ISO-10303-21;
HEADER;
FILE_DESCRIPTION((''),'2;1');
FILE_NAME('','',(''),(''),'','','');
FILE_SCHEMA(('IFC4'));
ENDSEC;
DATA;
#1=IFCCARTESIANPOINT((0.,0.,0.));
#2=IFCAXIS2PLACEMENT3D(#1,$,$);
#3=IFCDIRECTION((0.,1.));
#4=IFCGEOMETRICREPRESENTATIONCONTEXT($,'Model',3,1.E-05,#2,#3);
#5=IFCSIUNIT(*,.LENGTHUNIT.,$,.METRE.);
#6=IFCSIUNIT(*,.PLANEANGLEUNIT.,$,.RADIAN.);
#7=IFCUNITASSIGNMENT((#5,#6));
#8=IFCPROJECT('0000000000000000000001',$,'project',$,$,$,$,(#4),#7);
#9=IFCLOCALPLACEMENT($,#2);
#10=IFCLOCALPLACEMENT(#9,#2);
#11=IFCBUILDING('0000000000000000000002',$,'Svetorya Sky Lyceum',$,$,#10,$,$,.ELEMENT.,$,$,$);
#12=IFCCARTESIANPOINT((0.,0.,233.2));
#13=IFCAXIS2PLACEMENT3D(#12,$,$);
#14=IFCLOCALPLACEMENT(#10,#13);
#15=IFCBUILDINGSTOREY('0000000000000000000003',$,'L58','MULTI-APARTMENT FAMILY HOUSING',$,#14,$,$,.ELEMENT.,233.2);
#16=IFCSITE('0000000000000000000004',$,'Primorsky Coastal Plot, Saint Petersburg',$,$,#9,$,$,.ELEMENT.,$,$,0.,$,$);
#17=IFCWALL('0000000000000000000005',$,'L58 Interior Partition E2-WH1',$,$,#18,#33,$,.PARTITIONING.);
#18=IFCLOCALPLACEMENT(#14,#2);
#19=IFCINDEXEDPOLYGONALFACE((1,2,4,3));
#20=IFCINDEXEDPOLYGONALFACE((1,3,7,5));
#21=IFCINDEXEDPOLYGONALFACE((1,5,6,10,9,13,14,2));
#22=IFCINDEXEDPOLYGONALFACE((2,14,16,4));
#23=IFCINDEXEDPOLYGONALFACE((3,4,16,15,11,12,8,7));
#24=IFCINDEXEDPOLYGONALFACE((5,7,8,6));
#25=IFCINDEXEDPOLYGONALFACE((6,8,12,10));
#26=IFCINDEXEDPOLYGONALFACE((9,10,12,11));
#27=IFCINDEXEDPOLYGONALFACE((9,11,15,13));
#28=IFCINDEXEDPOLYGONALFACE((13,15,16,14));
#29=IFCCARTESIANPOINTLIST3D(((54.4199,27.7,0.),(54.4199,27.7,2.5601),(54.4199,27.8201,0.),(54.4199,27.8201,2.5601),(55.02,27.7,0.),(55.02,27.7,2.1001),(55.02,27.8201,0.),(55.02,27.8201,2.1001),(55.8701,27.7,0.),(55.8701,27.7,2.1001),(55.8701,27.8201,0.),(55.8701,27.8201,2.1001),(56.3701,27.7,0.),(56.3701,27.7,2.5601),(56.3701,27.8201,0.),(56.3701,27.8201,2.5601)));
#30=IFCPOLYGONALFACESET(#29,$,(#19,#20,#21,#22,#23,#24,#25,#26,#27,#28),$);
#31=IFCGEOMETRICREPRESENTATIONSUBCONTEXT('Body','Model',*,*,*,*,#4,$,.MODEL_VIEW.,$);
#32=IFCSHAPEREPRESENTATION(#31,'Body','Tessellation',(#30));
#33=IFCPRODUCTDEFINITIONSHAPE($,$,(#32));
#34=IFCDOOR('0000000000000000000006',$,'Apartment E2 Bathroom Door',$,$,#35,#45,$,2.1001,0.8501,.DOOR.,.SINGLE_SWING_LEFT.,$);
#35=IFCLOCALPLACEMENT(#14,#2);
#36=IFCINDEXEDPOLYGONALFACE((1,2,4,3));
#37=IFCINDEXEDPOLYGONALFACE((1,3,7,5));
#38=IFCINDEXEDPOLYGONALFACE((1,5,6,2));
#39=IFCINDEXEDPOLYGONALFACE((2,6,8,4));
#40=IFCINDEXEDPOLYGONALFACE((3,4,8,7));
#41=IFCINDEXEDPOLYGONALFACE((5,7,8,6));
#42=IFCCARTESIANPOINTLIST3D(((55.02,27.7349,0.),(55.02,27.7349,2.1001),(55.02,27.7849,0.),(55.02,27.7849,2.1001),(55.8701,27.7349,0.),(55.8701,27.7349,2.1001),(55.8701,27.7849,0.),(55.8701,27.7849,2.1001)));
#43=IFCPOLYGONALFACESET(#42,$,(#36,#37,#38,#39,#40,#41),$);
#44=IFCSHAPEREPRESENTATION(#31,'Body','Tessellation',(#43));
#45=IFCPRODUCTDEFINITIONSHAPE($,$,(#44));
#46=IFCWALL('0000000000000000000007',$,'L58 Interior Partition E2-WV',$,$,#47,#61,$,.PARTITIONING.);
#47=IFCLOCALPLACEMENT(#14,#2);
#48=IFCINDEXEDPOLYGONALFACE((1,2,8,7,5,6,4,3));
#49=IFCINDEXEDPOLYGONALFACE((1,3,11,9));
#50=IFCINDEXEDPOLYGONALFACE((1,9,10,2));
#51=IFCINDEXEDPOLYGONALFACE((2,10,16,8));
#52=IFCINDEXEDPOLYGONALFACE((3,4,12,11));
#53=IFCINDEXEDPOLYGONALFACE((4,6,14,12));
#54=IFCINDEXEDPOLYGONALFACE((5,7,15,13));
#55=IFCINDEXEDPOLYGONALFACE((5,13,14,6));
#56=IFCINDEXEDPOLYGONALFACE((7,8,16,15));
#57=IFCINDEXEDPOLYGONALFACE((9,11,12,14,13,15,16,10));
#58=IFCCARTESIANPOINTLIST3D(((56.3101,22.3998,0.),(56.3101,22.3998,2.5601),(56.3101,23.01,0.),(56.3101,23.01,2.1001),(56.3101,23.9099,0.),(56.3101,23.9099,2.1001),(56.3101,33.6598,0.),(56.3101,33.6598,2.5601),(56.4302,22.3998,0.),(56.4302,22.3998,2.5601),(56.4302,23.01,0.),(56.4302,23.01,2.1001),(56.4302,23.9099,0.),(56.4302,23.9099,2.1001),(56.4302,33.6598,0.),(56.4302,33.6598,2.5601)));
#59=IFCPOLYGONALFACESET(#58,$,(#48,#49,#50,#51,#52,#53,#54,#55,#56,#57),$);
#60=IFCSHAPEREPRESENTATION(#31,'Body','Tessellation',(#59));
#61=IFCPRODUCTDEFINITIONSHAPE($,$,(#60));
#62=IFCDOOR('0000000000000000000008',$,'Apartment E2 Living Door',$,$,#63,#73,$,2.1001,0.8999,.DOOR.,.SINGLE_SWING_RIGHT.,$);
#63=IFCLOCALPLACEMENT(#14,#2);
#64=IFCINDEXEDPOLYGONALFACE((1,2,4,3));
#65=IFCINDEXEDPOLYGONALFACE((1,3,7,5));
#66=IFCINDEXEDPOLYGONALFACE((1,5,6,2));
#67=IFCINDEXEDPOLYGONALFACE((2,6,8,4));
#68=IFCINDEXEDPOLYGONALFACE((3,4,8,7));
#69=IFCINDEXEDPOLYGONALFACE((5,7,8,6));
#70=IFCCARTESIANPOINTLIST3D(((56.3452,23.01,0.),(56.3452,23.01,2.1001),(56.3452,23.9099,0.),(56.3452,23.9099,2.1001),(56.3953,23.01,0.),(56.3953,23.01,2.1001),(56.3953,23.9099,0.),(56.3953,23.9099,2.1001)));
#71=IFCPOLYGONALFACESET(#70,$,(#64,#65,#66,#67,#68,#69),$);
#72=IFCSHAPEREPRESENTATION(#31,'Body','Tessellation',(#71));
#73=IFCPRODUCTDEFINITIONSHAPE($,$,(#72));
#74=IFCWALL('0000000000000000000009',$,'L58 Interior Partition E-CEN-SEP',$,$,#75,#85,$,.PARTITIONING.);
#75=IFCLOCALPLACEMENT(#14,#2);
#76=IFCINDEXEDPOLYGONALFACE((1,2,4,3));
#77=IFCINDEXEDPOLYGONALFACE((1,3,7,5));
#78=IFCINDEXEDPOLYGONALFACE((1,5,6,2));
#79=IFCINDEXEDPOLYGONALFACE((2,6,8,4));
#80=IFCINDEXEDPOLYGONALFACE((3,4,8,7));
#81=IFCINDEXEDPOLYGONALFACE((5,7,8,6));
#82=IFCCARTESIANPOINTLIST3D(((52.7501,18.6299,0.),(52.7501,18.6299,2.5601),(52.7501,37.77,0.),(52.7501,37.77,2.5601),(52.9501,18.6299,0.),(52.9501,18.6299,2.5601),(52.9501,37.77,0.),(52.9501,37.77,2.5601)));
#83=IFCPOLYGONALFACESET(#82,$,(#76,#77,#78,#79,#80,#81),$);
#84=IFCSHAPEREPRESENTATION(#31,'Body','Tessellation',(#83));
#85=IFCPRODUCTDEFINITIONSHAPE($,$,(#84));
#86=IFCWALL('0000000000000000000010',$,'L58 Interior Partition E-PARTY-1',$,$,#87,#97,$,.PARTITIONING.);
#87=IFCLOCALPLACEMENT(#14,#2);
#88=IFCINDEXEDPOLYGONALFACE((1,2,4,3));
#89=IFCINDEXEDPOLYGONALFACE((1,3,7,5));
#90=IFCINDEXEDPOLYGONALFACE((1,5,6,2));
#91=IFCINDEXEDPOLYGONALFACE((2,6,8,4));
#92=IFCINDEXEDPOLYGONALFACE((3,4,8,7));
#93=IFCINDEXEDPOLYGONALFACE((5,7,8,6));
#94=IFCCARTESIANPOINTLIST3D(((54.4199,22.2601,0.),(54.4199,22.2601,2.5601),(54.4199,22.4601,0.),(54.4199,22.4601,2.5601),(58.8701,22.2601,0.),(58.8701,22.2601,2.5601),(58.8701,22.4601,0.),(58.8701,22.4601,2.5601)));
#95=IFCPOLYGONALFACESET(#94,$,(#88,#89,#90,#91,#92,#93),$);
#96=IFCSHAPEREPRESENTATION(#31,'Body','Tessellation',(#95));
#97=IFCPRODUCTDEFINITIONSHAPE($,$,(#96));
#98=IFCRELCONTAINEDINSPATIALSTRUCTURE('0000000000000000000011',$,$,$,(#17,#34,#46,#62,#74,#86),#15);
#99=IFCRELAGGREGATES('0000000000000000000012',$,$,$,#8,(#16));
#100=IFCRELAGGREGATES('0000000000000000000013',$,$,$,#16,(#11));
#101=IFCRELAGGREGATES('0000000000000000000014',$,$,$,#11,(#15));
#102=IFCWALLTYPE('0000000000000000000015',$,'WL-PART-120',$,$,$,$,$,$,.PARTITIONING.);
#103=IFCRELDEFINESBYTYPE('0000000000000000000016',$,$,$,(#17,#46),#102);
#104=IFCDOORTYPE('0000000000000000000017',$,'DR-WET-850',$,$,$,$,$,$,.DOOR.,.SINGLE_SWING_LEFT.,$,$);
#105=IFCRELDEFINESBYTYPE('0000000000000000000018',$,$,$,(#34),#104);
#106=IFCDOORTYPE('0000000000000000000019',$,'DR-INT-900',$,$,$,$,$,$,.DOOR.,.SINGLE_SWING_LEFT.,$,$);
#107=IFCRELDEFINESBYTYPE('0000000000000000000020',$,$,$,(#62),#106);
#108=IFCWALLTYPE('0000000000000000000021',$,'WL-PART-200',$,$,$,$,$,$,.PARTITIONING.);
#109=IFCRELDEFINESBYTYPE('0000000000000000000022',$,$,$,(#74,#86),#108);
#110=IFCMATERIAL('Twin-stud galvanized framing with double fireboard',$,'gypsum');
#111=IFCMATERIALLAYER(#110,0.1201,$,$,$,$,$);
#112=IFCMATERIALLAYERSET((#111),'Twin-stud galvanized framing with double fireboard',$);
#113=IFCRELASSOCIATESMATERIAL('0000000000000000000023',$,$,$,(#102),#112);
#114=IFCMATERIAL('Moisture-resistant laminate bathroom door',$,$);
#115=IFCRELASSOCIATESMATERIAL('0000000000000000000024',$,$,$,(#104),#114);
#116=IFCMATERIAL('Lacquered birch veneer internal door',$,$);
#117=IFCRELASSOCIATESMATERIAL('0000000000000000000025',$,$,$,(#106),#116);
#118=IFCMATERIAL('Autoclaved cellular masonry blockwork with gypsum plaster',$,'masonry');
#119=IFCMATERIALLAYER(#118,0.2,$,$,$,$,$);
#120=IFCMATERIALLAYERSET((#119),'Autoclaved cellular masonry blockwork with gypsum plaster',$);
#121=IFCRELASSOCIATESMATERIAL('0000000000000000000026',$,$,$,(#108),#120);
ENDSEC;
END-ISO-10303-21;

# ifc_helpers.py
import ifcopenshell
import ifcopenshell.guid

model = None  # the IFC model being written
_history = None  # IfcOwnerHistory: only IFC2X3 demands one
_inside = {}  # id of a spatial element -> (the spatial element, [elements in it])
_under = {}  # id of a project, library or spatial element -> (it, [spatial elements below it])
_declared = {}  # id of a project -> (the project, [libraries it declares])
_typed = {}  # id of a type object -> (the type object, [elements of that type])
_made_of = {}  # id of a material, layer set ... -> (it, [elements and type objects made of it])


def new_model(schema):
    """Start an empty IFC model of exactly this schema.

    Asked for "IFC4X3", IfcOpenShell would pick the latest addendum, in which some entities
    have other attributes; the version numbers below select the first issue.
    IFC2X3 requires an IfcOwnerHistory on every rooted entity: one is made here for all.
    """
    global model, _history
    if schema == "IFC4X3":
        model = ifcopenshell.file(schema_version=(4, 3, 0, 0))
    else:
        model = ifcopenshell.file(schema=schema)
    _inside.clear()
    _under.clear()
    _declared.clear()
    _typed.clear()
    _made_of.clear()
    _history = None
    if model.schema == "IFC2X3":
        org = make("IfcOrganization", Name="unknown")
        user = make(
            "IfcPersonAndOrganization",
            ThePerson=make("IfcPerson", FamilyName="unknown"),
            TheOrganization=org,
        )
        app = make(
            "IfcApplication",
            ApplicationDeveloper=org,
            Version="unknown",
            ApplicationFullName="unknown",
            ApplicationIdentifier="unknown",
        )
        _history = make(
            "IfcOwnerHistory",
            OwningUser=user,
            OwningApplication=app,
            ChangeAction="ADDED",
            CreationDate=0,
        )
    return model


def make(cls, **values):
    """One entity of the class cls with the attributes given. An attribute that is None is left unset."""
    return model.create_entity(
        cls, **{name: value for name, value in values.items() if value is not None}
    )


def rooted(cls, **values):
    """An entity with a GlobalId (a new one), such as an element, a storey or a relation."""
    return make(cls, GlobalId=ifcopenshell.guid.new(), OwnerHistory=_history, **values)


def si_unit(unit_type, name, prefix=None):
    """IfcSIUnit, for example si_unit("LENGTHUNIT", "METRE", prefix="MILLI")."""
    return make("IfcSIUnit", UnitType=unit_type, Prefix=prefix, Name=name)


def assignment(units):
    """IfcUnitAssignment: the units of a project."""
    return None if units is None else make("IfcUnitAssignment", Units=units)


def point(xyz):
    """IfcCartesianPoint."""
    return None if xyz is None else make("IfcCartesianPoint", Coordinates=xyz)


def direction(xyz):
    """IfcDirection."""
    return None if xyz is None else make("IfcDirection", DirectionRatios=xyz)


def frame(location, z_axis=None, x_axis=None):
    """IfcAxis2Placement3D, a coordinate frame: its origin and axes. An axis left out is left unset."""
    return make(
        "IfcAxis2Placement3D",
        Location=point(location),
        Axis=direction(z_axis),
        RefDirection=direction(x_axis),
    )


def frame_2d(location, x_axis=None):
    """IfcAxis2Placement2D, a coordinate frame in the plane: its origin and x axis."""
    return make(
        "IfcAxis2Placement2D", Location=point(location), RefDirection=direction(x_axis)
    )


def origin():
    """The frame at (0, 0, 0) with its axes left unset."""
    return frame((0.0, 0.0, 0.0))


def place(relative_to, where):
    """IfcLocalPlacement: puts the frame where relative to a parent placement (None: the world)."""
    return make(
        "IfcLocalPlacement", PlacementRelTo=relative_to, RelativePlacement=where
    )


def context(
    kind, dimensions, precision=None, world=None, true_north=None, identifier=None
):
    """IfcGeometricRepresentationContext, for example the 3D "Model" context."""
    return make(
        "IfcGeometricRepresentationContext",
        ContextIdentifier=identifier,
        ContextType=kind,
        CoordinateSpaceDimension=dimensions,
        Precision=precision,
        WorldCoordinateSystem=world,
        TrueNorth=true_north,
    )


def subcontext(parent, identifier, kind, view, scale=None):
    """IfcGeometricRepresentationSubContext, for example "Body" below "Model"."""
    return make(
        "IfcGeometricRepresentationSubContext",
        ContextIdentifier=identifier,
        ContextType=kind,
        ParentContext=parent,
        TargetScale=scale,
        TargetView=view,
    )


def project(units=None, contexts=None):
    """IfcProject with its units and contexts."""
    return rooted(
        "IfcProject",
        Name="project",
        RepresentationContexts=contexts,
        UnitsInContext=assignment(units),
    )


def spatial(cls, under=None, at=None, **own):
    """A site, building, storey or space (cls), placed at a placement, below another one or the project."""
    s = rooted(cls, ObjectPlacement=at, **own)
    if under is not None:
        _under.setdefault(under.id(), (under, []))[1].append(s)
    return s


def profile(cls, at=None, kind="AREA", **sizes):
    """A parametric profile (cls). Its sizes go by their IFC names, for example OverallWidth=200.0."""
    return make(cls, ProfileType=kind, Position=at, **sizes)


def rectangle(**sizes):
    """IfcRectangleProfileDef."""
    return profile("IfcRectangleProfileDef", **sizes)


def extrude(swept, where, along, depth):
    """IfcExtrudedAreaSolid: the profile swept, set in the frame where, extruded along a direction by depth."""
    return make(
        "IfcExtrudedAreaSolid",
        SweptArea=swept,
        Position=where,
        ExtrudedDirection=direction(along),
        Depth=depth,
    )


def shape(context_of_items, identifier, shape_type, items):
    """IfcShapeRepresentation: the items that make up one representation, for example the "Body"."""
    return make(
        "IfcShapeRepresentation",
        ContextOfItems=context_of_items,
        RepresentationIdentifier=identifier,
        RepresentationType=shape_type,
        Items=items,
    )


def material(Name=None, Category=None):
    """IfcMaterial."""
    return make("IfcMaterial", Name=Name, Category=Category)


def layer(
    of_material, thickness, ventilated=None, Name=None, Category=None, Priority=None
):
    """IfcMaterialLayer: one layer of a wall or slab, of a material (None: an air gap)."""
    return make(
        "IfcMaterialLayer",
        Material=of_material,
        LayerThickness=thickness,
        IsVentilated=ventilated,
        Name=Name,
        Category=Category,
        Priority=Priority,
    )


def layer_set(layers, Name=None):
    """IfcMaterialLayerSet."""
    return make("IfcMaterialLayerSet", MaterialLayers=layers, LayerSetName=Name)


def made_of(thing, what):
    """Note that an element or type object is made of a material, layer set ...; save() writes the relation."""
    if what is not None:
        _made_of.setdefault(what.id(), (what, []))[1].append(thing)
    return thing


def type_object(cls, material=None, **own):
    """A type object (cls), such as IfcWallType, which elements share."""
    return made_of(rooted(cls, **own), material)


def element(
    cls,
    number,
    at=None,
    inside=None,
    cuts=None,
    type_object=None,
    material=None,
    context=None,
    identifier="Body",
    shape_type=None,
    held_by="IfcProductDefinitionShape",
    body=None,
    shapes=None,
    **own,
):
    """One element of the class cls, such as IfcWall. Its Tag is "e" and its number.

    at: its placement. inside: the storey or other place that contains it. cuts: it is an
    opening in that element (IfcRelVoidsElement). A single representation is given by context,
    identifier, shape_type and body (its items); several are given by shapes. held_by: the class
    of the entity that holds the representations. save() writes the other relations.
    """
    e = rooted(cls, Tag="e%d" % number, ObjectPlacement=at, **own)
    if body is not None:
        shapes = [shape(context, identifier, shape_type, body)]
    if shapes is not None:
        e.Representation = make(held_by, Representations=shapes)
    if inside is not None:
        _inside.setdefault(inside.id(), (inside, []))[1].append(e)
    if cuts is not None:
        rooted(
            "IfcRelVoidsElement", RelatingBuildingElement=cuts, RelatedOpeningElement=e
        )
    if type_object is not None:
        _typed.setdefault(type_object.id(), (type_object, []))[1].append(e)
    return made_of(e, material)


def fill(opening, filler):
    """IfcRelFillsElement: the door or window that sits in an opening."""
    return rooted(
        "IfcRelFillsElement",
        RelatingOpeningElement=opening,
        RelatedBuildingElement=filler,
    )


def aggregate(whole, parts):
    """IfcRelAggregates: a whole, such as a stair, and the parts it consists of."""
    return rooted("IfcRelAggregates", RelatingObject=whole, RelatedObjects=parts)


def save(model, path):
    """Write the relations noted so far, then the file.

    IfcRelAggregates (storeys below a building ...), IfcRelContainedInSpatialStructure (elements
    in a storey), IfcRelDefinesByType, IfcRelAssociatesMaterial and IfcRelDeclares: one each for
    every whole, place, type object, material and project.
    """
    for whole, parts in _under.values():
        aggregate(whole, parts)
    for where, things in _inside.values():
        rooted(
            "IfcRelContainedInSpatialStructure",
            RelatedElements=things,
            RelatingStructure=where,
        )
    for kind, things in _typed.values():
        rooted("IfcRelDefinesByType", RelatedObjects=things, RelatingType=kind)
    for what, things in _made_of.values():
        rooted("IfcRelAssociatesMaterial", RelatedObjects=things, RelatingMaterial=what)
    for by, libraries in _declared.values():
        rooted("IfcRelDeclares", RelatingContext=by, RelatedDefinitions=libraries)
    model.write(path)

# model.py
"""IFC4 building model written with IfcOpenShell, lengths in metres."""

from ifc_helpers import new_model, si_unit, direction, frame, frame_2d, origin, place, context, subcontext, project, spatial, rectangle, extrude, material, layer, layer_set, type_object, element, fill, save


model = new_model("IFC4")

# Units and contexts
model_context = context("Model", 3, precision=1e-05, world=origin(), true_north=direction((0.0, 1.0)))
body_context = subcontext(model_context, "Body", "Model", "MODEL_VIEW")
ifc_project = project(units=[si_unit("LENGTHUNIT", "METRE"), si_unit("PLANEANGLEUNIT", "RADIAN")], contexts=[model_context])

# Site, building, storey
site_placement = place(None, origin())
site = spatial("IfcSite", under=ifc_project, at=site_placement, Name="Primorsky Coastal Plot, Saint Petersburg", CompositionType="ELEMENT", RefElevation=0.0)
building_placement = place(site_placement, origin())
building = spatial("IfcBuilding", under=site, at=building_placement, Name="Svetorya Sky Lyceum", CompositionType="ELEMENT")
storey_placement = place(building_placement, frame((0.0, 0.0, 233.2)))
storey = spatial("IfcBuildingStorey", under=building, at=storey_placement, Name="L58", Description="MULTI-APARTMENT FAMILY HOUSING", CompositionType="ELEMENT", Elevation=233.2)

# Shared definitions
ifc_material_1 = material(Name="Twin-stud galvanized framing with double fireboard", Category="gypsum")
ifc_layer_1 = layer(ifc_material_1, 0.1201)
ifc_layer_set_1 = layer_set([ifc_layer_1], Name="Twin-stud galvanized framing with double fireboard")
wall_type_1 = type_object("IfcWallType", Name="WL-PART-120", PredefinedType="PARTITIONING", material=ifc_layer_set_1)

# Walls, openings, doors
wall_1_placement = place(storey_placement, frame((54.4199, 27.76, 0.0), z_axis=(0.0, 0.0, 1.0), x_axis=(1.0, 0.0, 0.0)))
wall_1 = element("IfcWall", 1, at=wall_1_placement, inside=storey, type_object=wall_type_1, Name="L58 Interior Partition E2-WH1", PredefinedType="PARTITIONING", context=body_context, shape_type="SweptSolid", body=[
    extrude(rectangle(XDim=1.9502, YDim=0.1201, at=frame_2d((0.9751, 0.0))), origin(), (0.0, 0.0, 1.0), 2.5601),
])
opening_1_placement = place(wall_1_placement, frame((0.6001, 0.0, 0.0)))
opening_1 = element("IfcOpeningElement", 2, at=opening_1_placement, cuts=wall_1, PredefinedType="OPENING", context=body_context, shape_type="SweptSolid", body=[
    extrude(rectangle(XDim=0.8501, YDim=2.1001, at=frame_2d((0.425, 1.05))), frame((0.0, 0.0701, 0.0), z_axis=(0.0, -1.0, 0.0), x_axis=(1.0, 0.0, 0.0)), (0.0, 0.0, 1.0), 0.1401),
])
ifc_material_2 = material(Name="Moisture-resistant laminate bathroom door")
door_type_1 = type_object("IfcDoorType", Name="DR-WET-850", OperationType="SINGLE_SWING_LEFT", PredefinedType="DOOR", material=ifc_material_2)
door_1_placement = place(opening_1_placement, origin())
door_1 = element("IfcDoor", 3, at=door_1_placement, inside=storey, type_object=door_type_1, Name="Apartment E2 Bathroom Door", OperationType="SINGLE_SWING_LEFT", OverallHeight=2.1001, OverallWidth=0.8501, PredefinedType="DOOR", context=body_context, shape_type="SweptSolid", body=[
    extrude(rectangle(XDim=0.8501, YDim=2.1001, at=frame_2d((0.425, 1.05))), frame((0.0, 0.0249, 0.0), z_axis=(0.0, -1.0, 0.0), x_axis=(1.0, 0.0, 0.0)), (0.0, 0.0, 1.0), 0.05),
])
fill(opening_1, door_1)
wall_2_placement = place(storey_placement, frame((56.3701, 22.3999, 0.0), z_axis=(0.0, 0.0, 1.0), x_axis=(0.0, 1.0, 0.0)))
wall_2 = element("IfcWall", 4, at=wall_2_placement, inside=storey, type_object=wall_type_1, Name="L58 Interior Partition E2-WV", PredefinedType="PARTITIONING", context=body_context, shape_type="SweptSolid", body=[
    extrude(rectangle(XDim=11.26, YDim=0.1201, at=frame_2d((5.6299, 0.0))), origin(), (0.0, 0.0, 1.0), 2.5601),
])
opening_2_placement = place(wall_2_placement, frame((0.6101, 0.0, 0.0)))
opening_2 = element("IfcOpeningElement", 5, at=opening_2_placement, cuts=wall_2, PredefinedType="OPENING", context=body_context, shape_type="SweptSolid", body=[
    extrude(rectangle(XDim=0.8999, YDim=2.1001, at=frame_2d((0.45, 1.05))), frame((0.0, 0.0701, 0.0), z_axis=(0.0, -1.0, 0.0), x_axis=(1.0, 0.0, 0.0)), (0.0, 0.0, 1.0), 0.1401),
])
ifc_material_3 = material(Name="Lacquered birch veneer internal door")
door_type_2 = type_object("IfcDoorType", Name="DR-INT-900", OperationType="SINGLE_SWING_LEFT", PredefinedType="DOOR", material=ifc_material_3)
door_2_placement = place(opening_2_placement, origin())
door_2 = element("IfcDoor", 6, at=door_2_placement, inside=storey, type_object=door_type_2, Name="Apartment E2 Living Door", OperationType="SINGLE_SWING_RIGHT", OverallHeight=2.1001, OverallWidth=0.8999, PredefinedType="DOOR", context=body_context, shape_type="SweptSolid", body=[
    extrude(rectangle(XDim=0.8999, YDim=2.1001, at=frame_2d((0.45, 1.05))), frame((0.0, 0.0249, 0.0), z_axis=(0.0, -1.0, 0.0), x_axis=(1.0, 0.0, 0.0)), (0.0, 0.0, 1.0), 0.05),
])
fill(opening_2, door_2)

# Walls
ifc_material_4 = material(Name="Autoclaved cellular masonry blockwork with gypsum plaster", Category="masonry")
ifc_layer_2 = layer(ifc_material_4, 0.2)
ifc_layer_set_2 = layer_set([ifc_layer_2], Name="Autoclaved cellular masonry blockwork with gypsum plaster")
wall_type_2 = type_object("IfcWallType", Name="WL-PART-200", PredefinedType="PARTITIONING", material=ifc_layer_set_2)
wall_3_placement = place(storey_placement, frame((52.8501, 18.6299, 0.0), z_axis=(0.0, 0.0, 1.0), x_axis=(0.0, 1.0, 0.0)))
element("IfcWall", 7, at=wall_3_placement, inside=storey, type_object=wall_type_2, Name="L58 Interior Partition E-CEN-SEP", PredefinedType="PARTITIONING", context=body_context, shape_type="SweptSolid", body=[
    extrude(rectangle(XDim=19.1401, YDim=0.2, at=frame_2d((9.5701, 0.0))), origin(), (0.0, 0.0, 1.0), 2.5601),
])
wall_4_placement = place(storey_placement, frame((54.4199, 22.3601, 0.0), z_axis=(0.0, 0.0, 1.0), x_axis=(1.0, 0.0, 0.0)))
element("IfcWall", 8, at=wall_4_placement, inside=storey, type_object=wall_type_2, Name="L58 Interior Partition E-PARTY-1", PredefinedType="PARTITIONING", context=body_context, shape_type="SweptSolid", body=[
    extrude(rectangle(XDim=4.4502, YDim=0.2, at=frame_2d((2.2251, 0.0))), origin(), (0.0, 0.0, 1.0), 2.5601),
])

save(model, "model.ifc")
